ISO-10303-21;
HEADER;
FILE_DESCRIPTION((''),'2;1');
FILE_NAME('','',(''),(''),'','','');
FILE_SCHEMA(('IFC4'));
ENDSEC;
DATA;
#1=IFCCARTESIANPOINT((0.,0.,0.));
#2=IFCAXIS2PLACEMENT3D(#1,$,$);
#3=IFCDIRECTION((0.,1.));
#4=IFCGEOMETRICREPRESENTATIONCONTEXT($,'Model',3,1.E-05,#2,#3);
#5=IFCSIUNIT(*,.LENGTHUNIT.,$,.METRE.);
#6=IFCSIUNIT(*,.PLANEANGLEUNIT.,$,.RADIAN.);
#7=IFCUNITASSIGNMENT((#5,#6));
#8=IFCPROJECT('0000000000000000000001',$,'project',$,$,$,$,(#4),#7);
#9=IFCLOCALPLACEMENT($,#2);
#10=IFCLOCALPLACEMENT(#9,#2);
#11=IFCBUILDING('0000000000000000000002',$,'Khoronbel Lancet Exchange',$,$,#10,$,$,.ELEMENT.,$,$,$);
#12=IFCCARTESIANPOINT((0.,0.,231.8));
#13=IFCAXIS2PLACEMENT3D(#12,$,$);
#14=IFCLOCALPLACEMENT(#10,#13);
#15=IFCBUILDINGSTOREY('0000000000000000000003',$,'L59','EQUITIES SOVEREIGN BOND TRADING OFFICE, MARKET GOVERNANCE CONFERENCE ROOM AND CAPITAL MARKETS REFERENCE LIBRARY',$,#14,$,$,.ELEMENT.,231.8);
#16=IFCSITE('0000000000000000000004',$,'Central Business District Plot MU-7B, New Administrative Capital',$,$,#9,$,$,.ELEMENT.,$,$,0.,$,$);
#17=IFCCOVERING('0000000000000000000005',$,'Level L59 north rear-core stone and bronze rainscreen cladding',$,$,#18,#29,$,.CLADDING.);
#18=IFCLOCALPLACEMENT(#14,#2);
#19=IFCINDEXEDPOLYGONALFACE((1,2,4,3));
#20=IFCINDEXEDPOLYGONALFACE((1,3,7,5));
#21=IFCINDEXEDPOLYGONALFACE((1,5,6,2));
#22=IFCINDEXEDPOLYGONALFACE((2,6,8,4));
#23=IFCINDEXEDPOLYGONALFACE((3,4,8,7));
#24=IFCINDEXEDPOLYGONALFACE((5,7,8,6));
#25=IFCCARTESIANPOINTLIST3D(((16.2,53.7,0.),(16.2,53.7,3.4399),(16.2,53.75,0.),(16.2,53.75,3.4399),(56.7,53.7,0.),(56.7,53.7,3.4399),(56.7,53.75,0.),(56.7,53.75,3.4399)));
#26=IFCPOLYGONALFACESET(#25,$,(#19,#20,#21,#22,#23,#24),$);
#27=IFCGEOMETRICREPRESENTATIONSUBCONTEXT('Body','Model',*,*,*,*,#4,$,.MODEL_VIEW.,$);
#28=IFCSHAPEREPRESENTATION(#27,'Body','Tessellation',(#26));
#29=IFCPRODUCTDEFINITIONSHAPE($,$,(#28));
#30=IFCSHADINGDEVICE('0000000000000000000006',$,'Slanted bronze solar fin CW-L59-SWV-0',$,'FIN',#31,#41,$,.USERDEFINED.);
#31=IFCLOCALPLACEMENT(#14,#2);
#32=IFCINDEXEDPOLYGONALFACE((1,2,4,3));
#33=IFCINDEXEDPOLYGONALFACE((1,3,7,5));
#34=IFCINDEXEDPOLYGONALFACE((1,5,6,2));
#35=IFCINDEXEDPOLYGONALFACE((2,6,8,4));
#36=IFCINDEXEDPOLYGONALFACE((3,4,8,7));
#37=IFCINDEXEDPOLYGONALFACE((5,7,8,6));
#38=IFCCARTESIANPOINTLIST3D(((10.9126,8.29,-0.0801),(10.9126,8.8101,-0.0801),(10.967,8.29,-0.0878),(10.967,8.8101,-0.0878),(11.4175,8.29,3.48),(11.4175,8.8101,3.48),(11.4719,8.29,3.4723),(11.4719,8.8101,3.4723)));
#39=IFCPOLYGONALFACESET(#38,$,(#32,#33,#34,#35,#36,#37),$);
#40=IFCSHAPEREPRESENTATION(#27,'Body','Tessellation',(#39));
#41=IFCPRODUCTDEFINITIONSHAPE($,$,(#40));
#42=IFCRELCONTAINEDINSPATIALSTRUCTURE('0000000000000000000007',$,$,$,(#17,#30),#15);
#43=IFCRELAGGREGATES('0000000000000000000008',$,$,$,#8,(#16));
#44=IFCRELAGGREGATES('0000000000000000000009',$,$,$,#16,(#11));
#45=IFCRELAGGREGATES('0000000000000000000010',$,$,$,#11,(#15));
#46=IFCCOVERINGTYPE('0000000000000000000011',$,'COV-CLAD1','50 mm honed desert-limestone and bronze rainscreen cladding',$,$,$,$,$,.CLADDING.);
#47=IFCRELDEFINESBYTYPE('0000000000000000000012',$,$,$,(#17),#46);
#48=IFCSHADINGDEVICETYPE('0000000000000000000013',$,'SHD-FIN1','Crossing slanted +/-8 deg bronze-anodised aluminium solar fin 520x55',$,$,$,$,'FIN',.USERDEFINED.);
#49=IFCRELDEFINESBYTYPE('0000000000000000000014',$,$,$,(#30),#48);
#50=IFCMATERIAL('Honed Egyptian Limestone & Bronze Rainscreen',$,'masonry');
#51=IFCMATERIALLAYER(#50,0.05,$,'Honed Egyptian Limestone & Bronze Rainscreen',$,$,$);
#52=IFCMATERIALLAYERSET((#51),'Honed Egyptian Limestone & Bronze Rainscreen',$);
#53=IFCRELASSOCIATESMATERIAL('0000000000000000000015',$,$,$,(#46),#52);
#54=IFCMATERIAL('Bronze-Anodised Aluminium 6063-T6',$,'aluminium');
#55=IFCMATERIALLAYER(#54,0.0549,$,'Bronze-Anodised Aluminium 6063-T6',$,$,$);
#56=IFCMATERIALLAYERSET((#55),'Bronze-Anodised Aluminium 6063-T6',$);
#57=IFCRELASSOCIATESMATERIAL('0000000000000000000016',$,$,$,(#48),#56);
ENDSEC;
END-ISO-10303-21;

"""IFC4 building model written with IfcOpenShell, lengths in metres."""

from ifc_helpers import new_model, si_unit, direction, frame, origin, place, context, subcontext, project, spatial, polyline, outline, extrude, material, layer, layer_set, type_object, element, save


model = new_model("IFC4")

# Units and contexts
model_context = context("Model", 3, precision=1e-05, world=origin(), true_north=direction((0.0, 1.0)))
body_context = subcontext(model_context, "Body", "Model", "MODEL_VIEW")
ifc_project = project(units=[si_unit("LENGTHUNIT", "METRE"), si_unit("PLANEANGLEUNIT", "RADIAN")], contexts=[model_context])

# Site, building, storey
site_placement = place(None, origin())
site = spatial("IfcSite", under=ifc_project, at=site_placement, Name="Central Business District Plot MU-7B, New Administrative Capital", CompositionType="ELEMENT", RefElevation=0.0)
building_placement = place(site_placement, origin())
building = spatial("IfcBuilding", under=site, at=building_placement, Name="Khoronbel Lancet Exchange", CompositionType="ELEMENT")
storey_placement = place(building_placement, frame((0.0, 0.0, 231.8)))
storey = spatial("IfcBuildingStorey", under=building, at=storey_placement, Name="L59", Description="EQUITIES SOVEREIGN BOND TRADING OFFICE, MARKET GOVERNANCE CONFERENCE ROOM AND CAPITAL MARKETS REFERENCE LIBRARY", CompositionType="ELEMENT", Elevation=231.8)

# Shared definitions
ifc_material_1 = material(Name="Bronze-Anodised Aluminium 6063-T6", Category="aluminium")

# Covering
ifc_material_2 = material(Name="Honed Egyptian Limestone & Bronze Rainscreen", Category="masonry")
ifc_layer_1 = layer(ifc_material_2, 0.05, Name="Honed Egyptian Limestone & Bronze Rainscreen")
ifc_layer_set_1 = layer_set([ifc_layer_1], Name="Honed Egyptian Limestone & Bronze Rainscreen")
covering_type = type_object("IfcCoveringType", Name="COV-CLAD1", Description="50 mm honed desert-limestone and bronze rainscreen cladding", PredefinedType="CLADDING", material=ifc_layer_set_1)
covering_placement = place(storey_placement, origin())
element("IfcCovering", 1, at=covering_placement, inside=storey, type_object=covering_type, Name="Level L59 north rear-core stone and bronze rainscreen cladding", PredefinedType="CLADDING", context=body_context, shape_type="SweptSolid", body=[
    extrude(outline(polyline([(16.2, 53.7), (56.7, 53.7), (56.7, 53.75), (16.2, 53.75), (16.2, 53.7)])), origin(), (0.0, 0.0, 1.0), 3.4399),
])

# Shading device
ifc_layer_2 = layer(ifc_material_1, 0.0549, Name="Bronze-Anodised Aluminium 6063-T6")
ifc_layer_set_2 = layer_set([ifc_layer_2], Name="Bronze-Anodised Aluminium 6063-T6")
shading_device_type = type_object("IfcShadingDeviceType", Name="SHD-FIN1", Description="Crossing slanted +/-8 deg bronze-anodised aluminium solar fin 520x55", ElementType="FIN", PredefinedType="USERDEFINED", material=ifc_layer_set_2)
shading_device_placement = place(storey_placement, frame((10.9126, 8.8101, -0.0801), z_axis=(-0.990093, 0.0, 0.140414), x_axis=(0.0, -1.0, 0.0)))
element("IfcShadingDevice", 2, at=shading_device_placement, inside=storey, type_object=shading_device_type, Name="Slanted bronze solar fin CW-L59-SWV-0", ObjectType="FIN", PredefinedType="USERDEFINED", context=body_context, shape_type="SweptSolid", body=[
    extrude(outline(polyline([(0.0, 0.0), (0.52, 0.0), (0.52, 3.5957), (0.0, 3.5957), (0.0, 0.0)])), origin(), (0.0, 0.0, -1.0), 0.0549),
])

save(model, "model.ifc")
